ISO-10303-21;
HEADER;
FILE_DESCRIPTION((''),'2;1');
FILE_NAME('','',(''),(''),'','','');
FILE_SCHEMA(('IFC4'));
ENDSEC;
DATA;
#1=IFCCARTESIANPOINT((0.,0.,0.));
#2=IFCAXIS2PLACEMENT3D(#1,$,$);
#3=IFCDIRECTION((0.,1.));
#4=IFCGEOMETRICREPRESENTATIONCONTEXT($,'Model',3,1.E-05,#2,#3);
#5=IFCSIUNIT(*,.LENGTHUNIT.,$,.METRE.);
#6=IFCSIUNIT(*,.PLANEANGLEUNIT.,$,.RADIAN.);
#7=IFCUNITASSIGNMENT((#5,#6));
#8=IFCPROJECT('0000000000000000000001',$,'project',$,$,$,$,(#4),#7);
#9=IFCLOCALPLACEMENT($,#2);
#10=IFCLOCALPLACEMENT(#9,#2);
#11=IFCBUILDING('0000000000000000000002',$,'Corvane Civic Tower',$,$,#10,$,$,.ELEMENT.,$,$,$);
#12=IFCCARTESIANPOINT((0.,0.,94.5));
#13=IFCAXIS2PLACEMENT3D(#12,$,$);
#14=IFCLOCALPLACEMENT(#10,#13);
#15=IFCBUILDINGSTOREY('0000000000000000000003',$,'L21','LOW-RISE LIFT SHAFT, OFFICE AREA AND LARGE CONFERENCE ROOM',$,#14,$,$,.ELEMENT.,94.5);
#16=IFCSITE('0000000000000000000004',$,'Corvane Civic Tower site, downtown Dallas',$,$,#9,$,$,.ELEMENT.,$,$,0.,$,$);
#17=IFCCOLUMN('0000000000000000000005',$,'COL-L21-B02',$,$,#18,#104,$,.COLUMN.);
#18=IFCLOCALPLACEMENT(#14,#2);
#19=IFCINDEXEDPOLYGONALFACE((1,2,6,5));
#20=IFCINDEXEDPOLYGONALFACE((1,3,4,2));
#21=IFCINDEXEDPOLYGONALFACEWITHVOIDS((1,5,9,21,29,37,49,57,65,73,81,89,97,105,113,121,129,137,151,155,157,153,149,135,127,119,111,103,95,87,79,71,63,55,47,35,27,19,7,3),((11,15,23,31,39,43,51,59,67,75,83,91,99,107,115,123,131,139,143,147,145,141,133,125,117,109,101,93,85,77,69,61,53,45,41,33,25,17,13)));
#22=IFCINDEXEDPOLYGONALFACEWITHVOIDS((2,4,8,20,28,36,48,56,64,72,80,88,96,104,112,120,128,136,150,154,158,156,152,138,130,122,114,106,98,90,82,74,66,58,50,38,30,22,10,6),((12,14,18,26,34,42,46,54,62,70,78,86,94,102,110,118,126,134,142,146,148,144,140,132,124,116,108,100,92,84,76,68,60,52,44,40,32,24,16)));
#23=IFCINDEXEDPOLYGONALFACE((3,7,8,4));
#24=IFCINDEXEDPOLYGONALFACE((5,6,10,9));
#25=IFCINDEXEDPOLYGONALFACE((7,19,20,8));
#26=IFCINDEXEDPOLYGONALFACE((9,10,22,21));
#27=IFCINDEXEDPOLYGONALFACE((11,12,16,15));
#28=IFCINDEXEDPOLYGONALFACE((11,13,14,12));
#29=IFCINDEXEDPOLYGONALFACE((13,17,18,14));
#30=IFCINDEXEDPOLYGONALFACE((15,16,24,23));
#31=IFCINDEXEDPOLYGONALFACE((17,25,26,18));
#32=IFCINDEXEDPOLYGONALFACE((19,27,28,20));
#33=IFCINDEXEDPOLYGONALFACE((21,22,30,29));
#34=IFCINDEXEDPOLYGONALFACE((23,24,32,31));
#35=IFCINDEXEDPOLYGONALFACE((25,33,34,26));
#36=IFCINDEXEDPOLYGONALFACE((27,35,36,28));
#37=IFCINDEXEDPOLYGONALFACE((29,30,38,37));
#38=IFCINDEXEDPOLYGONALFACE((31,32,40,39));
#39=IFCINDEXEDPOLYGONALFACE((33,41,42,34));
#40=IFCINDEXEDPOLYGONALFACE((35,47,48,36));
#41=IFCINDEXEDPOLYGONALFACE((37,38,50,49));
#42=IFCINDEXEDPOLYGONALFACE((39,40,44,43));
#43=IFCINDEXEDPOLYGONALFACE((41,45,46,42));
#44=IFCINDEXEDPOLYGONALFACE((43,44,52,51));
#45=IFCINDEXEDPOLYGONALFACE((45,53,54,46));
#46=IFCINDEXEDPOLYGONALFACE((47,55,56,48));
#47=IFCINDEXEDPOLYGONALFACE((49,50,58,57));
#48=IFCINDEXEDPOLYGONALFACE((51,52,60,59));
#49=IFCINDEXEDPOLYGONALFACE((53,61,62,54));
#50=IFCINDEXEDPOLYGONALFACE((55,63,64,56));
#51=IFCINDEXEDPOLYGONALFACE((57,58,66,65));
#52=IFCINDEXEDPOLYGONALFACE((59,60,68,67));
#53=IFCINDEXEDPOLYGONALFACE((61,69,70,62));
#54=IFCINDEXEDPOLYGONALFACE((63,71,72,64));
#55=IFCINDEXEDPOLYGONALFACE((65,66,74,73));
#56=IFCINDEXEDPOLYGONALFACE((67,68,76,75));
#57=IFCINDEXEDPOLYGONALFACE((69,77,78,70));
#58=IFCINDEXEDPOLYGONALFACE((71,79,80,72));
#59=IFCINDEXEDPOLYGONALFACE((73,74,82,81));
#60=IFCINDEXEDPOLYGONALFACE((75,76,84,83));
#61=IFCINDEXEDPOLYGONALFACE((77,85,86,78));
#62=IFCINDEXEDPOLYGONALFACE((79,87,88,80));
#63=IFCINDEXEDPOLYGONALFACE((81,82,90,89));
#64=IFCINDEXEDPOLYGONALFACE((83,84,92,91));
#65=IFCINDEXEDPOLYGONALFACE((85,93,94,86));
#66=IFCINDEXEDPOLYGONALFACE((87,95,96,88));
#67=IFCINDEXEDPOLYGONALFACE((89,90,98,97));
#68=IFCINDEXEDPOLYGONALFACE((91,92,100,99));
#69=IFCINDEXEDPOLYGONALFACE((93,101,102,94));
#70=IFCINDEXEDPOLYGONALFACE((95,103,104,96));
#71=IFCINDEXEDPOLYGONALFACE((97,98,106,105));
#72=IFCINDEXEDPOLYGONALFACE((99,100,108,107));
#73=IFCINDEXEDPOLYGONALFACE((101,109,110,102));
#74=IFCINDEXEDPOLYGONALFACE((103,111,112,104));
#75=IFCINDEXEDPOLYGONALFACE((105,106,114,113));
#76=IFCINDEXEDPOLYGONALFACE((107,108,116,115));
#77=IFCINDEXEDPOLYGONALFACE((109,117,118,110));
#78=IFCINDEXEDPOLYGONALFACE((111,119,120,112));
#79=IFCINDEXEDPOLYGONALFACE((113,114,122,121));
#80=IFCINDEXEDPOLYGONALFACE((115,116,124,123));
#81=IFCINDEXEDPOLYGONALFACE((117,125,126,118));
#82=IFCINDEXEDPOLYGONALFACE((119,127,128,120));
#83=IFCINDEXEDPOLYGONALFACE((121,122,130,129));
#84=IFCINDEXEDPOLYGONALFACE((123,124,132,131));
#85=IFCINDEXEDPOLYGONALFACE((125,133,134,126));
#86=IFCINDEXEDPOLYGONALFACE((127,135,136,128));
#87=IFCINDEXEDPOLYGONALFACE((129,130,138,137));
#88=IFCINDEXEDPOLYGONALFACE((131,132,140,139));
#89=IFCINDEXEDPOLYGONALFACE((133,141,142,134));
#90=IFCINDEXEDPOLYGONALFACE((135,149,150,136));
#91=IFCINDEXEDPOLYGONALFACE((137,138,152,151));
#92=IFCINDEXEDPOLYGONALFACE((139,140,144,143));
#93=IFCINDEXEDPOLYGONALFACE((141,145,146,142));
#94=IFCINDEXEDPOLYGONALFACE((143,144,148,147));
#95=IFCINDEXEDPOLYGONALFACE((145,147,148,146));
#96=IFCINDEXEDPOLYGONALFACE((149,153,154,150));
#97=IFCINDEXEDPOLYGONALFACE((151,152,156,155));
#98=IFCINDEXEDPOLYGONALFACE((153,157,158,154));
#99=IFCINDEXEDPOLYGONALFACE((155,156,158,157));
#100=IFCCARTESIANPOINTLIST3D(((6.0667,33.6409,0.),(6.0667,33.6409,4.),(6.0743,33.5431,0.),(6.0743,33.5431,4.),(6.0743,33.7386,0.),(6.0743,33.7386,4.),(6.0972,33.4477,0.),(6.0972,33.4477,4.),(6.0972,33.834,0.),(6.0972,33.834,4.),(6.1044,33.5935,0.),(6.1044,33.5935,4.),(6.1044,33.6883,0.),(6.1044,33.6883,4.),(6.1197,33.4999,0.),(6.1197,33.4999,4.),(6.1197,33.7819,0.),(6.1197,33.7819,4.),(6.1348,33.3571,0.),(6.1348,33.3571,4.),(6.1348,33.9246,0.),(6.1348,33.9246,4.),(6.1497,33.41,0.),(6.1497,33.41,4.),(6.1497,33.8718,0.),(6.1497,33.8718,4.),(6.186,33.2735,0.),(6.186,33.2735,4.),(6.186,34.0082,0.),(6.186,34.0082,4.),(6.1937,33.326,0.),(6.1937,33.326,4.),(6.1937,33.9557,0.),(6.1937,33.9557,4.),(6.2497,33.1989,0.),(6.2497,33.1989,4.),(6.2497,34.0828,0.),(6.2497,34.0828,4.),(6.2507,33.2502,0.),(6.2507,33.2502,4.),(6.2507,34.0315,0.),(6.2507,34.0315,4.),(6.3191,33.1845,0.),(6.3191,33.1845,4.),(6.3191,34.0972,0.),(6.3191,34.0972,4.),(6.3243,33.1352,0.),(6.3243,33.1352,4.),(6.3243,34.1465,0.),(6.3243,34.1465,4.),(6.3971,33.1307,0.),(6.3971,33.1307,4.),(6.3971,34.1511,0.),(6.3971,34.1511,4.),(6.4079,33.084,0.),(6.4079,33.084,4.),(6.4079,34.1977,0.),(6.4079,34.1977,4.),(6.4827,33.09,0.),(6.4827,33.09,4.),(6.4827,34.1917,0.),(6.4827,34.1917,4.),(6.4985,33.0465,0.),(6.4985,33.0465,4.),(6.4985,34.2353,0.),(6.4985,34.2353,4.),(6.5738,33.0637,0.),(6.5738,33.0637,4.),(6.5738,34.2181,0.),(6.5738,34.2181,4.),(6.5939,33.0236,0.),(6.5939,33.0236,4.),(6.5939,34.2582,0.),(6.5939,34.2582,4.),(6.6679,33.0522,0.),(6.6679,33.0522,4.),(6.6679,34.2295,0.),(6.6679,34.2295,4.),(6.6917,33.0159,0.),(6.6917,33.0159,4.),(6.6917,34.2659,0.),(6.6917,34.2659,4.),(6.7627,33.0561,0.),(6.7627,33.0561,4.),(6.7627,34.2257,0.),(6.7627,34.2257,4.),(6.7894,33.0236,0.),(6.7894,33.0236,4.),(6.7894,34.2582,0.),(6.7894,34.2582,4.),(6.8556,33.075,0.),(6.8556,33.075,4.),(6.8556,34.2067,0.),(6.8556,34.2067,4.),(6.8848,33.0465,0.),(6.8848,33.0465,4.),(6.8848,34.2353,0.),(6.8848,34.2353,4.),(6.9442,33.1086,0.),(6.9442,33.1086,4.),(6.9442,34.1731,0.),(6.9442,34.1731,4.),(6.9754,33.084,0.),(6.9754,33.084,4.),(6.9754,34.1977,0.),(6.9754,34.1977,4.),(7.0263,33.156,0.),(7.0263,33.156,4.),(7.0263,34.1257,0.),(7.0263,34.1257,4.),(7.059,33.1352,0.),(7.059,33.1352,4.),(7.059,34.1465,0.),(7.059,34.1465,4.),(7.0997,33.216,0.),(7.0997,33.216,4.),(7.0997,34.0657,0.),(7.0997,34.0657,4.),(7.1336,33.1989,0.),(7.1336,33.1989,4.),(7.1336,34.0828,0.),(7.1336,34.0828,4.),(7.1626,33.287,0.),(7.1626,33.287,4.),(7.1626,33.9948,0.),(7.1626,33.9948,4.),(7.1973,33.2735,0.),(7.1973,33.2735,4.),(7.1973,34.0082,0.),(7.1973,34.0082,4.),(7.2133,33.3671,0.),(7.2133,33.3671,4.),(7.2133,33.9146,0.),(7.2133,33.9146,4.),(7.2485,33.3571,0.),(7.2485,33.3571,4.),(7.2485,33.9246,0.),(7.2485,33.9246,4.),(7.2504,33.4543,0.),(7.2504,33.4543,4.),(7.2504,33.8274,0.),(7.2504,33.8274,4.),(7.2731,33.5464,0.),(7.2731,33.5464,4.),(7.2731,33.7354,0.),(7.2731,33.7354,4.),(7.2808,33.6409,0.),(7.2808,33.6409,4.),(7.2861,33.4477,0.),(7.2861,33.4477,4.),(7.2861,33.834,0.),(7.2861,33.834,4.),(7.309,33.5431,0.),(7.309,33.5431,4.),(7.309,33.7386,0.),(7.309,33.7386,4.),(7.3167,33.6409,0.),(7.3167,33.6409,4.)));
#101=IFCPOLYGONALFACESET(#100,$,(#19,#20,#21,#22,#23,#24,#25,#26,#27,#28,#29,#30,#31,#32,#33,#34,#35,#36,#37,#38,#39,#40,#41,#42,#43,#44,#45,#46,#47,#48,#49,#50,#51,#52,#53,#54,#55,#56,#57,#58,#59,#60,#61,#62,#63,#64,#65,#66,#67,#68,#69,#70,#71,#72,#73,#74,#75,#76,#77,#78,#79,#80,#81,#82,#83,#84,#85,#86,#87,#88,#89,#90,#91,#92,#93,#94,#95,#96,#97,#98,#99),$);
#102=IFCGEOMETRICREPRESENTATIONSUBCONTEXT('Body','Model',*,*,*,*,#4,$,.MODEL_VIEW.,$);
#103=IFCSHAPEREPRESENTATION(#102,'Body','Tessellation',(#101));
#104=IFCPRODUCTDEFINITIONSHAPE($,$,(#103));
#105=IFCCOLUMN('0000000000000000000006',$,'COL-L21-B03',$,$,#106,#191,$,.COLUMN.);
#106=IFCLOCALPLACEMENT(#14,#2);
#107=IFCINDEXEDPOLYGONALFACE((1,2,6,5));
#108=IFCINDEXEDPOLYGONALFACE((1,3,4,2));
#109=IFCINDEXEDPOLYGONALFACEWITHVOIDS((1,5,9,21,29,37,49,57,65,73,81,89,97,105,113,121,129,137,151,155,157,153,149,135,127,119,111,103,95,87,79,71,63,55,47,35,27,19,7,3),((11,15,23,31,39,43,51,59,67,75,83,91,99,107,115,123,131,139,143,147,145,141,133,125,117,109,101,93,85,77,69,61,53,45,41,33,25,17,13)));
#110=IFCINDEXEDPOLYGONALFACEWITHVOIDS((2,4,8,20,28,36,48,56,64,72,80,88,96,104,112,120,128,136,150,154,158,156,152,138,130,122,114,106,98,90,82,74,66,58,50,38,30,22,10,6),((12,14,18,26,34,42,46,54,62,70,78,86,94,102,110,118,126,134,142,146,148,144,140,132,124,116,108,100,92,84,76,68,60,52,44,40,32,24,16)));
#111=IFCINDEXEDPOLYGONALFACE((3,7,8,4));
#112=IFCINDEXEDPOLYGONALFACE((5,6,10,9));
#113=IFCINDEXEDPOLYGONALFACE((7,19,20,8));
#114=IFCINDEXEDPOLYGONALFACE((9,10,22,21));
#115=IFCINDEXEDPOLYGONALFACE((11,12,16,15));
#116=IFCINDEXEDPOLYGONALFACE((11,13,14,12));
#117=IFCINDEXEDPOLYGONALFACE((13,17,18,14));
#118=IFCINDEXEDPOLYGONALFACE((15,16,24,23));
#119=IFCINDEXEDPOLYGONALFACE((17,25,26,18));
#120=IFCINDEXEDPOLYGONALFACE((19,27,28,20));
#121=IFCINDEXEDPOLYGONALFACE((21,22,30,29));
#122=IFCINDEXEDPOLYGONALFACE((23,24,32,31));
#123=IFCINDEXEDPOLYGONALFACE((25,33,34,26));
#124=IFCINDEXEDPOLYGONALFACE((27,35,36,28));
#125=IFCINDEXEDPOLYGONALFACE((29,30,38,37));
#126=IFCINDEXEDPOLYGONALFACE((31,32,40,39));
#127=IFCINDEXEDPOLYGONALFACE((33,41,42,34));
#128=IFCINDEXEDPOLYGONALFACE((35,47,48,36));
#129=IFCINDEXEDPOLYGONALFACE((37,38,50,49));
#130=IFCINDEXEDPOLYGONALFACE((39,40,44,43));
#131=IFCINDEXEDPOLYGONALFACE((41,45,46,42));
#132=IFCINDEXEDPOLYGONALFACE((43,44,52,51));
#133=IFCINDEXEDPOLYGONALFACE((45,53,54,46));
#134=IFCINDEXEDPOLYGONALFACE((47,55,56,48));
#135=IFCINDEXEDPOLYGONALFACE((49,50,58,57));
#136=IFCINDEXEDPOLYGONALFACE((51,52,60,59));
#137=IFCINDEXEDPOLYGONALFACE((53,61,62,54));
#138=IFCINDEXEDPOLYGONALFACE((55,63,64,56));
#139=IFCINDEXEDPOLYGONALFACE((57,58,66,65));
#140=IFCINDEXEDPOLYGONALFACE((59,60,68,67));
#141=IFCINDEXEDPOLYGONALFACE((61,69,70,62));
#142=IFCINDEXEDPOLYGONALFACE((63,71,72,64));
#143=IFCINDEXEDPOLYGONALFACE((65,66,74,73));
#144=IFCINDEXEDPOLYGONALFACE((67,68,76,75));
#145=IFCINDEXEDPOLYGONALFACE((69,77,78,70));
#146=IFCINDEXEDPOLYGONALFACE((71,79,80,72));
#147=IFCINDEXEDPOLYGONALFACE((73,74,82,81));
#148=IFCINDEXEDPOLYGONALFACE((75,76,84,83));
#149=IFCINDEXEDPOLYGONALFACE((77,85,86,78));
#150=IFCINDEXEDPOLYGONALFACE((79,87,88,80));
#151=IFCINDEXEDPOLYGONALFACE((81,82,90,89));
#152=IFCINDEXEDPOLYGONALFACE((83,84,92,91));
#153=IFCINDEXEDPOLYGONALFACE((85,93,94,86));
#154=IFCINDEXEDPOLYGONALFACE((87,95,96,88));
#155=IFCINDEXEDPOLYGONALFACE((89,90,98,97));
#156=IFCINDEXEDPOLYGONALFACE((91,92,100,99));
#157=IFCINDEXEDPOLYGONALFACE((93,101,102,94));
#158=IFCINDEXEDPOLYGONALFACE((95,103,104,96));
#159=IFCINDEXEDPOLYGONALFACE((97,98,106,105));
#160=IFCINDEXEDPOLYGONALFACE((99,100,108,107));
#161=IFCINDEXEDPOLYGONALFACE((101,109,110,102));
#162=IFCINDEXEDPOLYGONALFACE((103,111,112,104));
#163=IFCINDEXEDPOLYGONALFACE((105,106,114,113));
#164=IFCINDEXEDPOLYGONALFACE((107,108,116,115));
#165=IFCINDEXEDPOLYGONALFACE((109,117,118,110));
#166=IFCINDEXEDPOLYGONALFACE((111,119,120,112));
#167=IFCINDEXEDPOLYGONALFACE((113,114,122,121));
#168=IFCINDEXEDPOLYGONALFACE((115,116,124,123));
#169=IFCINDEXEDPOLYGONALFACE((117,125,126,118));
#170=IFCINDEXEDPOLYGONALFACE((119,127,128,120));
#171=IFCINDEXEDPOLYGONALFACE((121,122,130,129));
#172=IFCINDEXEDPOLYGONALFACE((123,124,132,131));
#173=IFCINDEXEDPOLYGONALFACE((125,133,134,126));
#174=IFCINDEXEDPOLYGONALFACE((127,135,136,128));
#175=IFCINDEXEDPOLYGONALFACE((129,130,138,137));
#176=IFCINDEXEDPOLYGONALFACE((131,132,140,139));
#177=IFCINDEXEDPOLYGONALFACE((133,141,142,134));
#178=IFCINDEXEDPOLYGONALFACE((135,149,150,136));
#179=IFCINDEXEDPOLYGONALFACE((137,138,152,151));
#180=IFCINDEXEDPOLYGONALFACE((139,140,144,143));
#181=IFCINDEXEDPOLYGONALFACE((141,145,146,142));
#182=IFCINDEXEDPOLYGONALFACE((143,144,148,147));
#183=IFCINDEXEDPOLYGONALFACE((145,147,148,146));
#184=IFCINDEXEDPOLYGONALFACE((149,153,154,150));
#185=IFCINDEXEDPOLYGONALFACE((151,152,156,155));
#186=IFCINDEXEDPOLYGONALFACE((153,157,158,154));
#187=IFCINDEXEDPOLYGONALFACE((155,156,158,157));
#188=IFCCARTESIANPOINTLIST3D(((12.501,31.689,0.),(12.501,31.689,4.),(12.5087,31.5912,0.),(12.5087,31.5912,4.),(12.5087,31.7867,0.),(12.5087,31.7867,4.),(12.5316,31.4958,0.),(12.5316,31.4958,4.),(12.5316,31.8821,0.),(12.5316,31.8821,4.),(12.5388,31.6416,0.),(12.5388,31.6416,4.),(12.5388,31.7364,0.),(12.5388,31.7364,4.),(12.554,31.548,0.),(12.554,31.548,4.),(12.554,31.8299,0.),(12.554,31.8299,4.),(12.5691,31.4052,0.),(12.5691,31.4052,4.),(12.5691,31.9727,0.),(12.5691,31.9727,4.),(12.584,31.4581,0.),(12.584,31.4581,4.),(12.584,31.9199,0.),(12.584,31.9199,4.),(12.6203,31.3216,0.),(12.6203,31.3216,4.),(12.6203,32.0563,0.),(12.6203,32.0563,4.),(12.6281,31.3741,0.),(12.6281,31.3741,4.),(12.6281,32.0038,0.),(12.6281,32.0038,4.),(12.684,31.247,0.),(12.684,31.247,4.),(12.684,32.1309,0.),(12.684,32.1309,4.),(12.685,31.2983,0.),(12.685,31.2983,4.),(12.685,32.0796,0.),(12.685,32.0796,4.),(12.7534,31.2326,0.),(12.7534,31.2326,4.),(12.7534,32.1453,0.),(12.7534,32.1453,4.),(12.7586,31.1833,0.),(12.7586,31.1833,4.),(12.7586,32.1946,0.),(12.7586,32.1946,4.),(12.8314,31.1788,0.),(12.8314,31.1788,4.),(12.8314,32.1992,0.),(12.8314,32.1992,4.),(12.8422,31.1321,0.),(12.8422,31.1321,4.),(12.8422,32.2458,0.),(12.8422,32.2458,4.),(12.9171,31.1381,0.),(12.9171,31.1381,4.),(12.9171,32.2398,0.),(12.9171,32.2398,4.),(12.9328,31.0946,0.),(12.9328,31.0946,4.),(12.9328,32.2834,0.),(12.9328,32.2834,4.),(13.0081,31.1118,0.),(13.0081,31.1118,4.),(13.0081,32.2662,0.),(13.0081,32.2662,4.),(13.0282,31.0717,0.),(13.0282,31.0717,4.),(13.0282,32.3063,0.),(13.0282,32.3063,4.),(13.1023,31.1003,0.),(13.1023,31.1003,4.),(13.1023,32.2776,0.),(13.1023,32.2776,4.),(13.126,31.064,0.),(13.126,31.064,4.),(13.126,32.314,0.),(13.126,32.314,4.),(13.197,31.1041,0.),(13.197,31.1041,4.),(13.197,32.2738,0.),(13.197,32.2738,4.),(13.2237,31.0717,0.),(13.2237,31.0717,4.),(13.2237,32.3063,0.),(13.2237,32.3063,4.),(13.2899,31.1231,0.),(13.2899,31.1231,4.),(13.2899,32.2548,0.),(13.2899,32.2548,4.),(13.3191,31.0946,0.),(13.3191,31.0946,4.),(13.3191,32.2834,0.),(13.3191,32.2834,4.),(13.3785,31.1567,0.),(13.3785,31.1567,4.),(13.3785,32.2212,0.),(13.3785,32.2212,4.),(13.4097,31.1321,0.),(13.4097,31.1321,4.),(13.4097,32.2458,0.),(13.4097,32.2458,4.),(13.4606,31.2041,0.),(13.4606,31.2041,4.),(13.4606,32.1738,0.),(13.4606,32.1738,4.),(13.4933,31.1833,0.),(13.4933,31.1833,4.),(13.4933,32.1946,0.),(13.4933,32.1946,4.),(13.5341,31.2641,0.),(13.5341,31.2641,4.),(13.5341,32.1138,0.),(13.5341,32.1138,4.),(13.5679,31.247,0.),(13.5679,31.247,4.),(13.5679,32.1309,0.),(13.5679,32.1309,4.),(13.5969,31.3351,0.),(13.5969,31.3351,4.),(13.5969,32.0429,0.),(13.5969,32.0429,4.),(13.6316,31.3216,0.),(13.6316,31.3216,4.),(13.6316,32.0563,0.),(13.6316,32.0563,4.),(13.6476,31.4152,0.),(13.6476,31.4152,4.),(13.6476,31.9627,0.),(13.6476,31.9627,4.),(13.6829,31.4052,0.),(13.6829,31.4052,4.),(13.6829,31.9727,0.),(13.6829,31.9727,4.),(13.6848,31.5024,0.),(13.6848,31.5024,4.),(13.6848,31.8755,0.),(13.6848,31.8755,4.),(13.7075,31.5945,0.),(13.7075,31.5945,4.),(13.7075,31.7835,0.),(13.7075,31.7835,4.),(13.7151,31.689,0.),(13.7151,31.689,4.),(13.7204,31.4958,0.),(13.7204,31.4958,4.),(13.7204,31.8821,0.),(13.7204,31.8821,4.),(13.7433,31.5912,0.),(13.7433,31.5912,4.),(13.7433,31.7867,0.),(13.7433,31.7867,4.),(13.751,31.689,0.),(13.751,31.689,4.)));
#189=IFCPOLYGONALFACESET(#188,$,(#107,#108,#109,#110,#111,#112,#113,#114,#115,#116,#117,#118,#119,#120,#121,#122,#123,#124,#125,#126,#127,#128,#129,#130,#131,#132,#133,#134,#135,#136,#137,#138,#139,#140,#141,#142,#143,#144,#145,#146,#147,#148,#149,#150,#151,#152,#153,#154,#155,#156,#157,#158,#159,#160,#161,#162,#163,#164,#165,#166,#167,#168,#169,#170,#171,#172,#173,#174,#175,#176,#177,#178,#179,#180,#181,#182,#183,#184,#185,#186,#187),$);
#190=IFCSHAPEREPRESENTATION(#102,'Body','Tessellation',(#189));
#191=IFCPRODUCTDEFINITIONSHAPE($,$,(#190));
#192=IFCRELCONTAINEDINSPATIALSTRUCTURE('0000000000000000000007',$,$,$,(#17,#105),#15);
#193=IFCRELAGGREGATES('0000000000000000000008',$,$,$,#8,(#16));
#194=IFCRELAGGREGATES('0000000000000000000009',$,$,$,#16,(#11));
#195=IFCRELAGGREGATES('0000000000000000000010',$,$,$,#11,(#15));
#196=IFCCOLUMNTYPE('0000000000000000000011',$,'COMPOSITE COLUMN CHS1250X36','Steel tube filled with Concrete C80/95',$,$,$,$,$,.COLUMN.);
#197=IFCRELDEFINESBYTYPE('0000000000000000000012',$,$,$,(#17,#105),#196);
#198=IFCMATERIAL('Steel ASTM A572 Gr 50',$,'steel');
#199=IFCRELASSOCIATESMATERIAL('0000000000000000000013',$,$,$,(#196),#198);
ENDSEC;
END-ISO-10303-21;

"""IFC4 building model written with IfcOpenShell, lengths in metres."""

from ifc_helpers import new_model, si_unit, direction, frame, origin, origin_2d, place, context, subcontext, project, spatial, hollow_circle, extrude, material, material_profile, profile_set, type_object, element, save


model = new_model("IFC4")

# Units and contexts
model_context = context("Model", 3, precision=1e-05, world=origin(), true_north=direction((0.0, 1.0)))
body_context = subcontext(model_context, "Body", "Model", "MODEL_VIEW")
ifc_project = project(units=[si_unit("LENGTHUNIT", "METRE"), si_unit("PLANEANGLEUNIT", "RADIAN")], contexts=[model_context])

# Site, building, storey
site_placement = place(None, origin())
site = spatial("IfcSite", under=ifc_project, at=site_placement, Name="Corvane Civic Tower site, downtown Dallas", CompositionType="ELEMENT", RefElevation=0.0)
building_placement = place(site_placement, origin())
building = spatial("IfcBuilding", under=site, at=building_placement, Name="Corvane Civic Tower", CompositionType="ELEMENT")
storey_placement = place(building_placement, frame((0.0, 0.0, 94.5)))
storey = spatial("IfcBuildingStorey", under=building, at=storey_placement, Name="L21", Description="LOW-RISE LIFT SHAFT, OFFICE AREA AND LARGE CONFERENCE ROOM", CompositionType="ELEMENT", Elevation=94.5)

# Columns
ifc_material_1 = material(Name="Steel ASTM A572 Gr 50", Category="steel")
ifc_material_profile_1 = material_profile(ifc_material_1, hollow_circle(Radius=0.625, WallThickness=0.0359, at=origin_2d()), Name="CHS1250X36")
ifc_profile_set_1 = profile_set([ifc_material_profile_1], Name="Steel ASTM A572 Gr 50")
column_type = type_object("IfcColumnType", Name="COMPOSITE COLUMN CHS1250X36", Description="Steel tube filled with Concrete C80/95", PredefinedType="COLUMN", material=ifc_profile_set_1)
for number, where, z_axis, x_axis, name in (
    (1, (6.6917, 33.6409, 0.0), (0.0, 0.0, 1.0), (1.0, 0.0, 0.0), "COL-L21-B02"),
    (2, (13.126, 31.689, 0.0), (0.0, 0.0, 1.0), (1.0, 0.0, 0.0), "COL-L21-B03"),
):
    element("IfcColumn", number, at=place(storey_placement, frame(where, z_axis=z_axis, x_axis=x_axis)), inside=storey, type_object=column_type, Name=name, PredefinedType="COLUMN", context=body_context, shape_type="SweptSolid", body=[
        extrude(hollow_circle(Radius=0.625, WallThickness=0.0359, at=origin_2d()), origin(), (0.0, 0.0, 1.0), 4.0),
    ])

save(model, "model.ifc")
